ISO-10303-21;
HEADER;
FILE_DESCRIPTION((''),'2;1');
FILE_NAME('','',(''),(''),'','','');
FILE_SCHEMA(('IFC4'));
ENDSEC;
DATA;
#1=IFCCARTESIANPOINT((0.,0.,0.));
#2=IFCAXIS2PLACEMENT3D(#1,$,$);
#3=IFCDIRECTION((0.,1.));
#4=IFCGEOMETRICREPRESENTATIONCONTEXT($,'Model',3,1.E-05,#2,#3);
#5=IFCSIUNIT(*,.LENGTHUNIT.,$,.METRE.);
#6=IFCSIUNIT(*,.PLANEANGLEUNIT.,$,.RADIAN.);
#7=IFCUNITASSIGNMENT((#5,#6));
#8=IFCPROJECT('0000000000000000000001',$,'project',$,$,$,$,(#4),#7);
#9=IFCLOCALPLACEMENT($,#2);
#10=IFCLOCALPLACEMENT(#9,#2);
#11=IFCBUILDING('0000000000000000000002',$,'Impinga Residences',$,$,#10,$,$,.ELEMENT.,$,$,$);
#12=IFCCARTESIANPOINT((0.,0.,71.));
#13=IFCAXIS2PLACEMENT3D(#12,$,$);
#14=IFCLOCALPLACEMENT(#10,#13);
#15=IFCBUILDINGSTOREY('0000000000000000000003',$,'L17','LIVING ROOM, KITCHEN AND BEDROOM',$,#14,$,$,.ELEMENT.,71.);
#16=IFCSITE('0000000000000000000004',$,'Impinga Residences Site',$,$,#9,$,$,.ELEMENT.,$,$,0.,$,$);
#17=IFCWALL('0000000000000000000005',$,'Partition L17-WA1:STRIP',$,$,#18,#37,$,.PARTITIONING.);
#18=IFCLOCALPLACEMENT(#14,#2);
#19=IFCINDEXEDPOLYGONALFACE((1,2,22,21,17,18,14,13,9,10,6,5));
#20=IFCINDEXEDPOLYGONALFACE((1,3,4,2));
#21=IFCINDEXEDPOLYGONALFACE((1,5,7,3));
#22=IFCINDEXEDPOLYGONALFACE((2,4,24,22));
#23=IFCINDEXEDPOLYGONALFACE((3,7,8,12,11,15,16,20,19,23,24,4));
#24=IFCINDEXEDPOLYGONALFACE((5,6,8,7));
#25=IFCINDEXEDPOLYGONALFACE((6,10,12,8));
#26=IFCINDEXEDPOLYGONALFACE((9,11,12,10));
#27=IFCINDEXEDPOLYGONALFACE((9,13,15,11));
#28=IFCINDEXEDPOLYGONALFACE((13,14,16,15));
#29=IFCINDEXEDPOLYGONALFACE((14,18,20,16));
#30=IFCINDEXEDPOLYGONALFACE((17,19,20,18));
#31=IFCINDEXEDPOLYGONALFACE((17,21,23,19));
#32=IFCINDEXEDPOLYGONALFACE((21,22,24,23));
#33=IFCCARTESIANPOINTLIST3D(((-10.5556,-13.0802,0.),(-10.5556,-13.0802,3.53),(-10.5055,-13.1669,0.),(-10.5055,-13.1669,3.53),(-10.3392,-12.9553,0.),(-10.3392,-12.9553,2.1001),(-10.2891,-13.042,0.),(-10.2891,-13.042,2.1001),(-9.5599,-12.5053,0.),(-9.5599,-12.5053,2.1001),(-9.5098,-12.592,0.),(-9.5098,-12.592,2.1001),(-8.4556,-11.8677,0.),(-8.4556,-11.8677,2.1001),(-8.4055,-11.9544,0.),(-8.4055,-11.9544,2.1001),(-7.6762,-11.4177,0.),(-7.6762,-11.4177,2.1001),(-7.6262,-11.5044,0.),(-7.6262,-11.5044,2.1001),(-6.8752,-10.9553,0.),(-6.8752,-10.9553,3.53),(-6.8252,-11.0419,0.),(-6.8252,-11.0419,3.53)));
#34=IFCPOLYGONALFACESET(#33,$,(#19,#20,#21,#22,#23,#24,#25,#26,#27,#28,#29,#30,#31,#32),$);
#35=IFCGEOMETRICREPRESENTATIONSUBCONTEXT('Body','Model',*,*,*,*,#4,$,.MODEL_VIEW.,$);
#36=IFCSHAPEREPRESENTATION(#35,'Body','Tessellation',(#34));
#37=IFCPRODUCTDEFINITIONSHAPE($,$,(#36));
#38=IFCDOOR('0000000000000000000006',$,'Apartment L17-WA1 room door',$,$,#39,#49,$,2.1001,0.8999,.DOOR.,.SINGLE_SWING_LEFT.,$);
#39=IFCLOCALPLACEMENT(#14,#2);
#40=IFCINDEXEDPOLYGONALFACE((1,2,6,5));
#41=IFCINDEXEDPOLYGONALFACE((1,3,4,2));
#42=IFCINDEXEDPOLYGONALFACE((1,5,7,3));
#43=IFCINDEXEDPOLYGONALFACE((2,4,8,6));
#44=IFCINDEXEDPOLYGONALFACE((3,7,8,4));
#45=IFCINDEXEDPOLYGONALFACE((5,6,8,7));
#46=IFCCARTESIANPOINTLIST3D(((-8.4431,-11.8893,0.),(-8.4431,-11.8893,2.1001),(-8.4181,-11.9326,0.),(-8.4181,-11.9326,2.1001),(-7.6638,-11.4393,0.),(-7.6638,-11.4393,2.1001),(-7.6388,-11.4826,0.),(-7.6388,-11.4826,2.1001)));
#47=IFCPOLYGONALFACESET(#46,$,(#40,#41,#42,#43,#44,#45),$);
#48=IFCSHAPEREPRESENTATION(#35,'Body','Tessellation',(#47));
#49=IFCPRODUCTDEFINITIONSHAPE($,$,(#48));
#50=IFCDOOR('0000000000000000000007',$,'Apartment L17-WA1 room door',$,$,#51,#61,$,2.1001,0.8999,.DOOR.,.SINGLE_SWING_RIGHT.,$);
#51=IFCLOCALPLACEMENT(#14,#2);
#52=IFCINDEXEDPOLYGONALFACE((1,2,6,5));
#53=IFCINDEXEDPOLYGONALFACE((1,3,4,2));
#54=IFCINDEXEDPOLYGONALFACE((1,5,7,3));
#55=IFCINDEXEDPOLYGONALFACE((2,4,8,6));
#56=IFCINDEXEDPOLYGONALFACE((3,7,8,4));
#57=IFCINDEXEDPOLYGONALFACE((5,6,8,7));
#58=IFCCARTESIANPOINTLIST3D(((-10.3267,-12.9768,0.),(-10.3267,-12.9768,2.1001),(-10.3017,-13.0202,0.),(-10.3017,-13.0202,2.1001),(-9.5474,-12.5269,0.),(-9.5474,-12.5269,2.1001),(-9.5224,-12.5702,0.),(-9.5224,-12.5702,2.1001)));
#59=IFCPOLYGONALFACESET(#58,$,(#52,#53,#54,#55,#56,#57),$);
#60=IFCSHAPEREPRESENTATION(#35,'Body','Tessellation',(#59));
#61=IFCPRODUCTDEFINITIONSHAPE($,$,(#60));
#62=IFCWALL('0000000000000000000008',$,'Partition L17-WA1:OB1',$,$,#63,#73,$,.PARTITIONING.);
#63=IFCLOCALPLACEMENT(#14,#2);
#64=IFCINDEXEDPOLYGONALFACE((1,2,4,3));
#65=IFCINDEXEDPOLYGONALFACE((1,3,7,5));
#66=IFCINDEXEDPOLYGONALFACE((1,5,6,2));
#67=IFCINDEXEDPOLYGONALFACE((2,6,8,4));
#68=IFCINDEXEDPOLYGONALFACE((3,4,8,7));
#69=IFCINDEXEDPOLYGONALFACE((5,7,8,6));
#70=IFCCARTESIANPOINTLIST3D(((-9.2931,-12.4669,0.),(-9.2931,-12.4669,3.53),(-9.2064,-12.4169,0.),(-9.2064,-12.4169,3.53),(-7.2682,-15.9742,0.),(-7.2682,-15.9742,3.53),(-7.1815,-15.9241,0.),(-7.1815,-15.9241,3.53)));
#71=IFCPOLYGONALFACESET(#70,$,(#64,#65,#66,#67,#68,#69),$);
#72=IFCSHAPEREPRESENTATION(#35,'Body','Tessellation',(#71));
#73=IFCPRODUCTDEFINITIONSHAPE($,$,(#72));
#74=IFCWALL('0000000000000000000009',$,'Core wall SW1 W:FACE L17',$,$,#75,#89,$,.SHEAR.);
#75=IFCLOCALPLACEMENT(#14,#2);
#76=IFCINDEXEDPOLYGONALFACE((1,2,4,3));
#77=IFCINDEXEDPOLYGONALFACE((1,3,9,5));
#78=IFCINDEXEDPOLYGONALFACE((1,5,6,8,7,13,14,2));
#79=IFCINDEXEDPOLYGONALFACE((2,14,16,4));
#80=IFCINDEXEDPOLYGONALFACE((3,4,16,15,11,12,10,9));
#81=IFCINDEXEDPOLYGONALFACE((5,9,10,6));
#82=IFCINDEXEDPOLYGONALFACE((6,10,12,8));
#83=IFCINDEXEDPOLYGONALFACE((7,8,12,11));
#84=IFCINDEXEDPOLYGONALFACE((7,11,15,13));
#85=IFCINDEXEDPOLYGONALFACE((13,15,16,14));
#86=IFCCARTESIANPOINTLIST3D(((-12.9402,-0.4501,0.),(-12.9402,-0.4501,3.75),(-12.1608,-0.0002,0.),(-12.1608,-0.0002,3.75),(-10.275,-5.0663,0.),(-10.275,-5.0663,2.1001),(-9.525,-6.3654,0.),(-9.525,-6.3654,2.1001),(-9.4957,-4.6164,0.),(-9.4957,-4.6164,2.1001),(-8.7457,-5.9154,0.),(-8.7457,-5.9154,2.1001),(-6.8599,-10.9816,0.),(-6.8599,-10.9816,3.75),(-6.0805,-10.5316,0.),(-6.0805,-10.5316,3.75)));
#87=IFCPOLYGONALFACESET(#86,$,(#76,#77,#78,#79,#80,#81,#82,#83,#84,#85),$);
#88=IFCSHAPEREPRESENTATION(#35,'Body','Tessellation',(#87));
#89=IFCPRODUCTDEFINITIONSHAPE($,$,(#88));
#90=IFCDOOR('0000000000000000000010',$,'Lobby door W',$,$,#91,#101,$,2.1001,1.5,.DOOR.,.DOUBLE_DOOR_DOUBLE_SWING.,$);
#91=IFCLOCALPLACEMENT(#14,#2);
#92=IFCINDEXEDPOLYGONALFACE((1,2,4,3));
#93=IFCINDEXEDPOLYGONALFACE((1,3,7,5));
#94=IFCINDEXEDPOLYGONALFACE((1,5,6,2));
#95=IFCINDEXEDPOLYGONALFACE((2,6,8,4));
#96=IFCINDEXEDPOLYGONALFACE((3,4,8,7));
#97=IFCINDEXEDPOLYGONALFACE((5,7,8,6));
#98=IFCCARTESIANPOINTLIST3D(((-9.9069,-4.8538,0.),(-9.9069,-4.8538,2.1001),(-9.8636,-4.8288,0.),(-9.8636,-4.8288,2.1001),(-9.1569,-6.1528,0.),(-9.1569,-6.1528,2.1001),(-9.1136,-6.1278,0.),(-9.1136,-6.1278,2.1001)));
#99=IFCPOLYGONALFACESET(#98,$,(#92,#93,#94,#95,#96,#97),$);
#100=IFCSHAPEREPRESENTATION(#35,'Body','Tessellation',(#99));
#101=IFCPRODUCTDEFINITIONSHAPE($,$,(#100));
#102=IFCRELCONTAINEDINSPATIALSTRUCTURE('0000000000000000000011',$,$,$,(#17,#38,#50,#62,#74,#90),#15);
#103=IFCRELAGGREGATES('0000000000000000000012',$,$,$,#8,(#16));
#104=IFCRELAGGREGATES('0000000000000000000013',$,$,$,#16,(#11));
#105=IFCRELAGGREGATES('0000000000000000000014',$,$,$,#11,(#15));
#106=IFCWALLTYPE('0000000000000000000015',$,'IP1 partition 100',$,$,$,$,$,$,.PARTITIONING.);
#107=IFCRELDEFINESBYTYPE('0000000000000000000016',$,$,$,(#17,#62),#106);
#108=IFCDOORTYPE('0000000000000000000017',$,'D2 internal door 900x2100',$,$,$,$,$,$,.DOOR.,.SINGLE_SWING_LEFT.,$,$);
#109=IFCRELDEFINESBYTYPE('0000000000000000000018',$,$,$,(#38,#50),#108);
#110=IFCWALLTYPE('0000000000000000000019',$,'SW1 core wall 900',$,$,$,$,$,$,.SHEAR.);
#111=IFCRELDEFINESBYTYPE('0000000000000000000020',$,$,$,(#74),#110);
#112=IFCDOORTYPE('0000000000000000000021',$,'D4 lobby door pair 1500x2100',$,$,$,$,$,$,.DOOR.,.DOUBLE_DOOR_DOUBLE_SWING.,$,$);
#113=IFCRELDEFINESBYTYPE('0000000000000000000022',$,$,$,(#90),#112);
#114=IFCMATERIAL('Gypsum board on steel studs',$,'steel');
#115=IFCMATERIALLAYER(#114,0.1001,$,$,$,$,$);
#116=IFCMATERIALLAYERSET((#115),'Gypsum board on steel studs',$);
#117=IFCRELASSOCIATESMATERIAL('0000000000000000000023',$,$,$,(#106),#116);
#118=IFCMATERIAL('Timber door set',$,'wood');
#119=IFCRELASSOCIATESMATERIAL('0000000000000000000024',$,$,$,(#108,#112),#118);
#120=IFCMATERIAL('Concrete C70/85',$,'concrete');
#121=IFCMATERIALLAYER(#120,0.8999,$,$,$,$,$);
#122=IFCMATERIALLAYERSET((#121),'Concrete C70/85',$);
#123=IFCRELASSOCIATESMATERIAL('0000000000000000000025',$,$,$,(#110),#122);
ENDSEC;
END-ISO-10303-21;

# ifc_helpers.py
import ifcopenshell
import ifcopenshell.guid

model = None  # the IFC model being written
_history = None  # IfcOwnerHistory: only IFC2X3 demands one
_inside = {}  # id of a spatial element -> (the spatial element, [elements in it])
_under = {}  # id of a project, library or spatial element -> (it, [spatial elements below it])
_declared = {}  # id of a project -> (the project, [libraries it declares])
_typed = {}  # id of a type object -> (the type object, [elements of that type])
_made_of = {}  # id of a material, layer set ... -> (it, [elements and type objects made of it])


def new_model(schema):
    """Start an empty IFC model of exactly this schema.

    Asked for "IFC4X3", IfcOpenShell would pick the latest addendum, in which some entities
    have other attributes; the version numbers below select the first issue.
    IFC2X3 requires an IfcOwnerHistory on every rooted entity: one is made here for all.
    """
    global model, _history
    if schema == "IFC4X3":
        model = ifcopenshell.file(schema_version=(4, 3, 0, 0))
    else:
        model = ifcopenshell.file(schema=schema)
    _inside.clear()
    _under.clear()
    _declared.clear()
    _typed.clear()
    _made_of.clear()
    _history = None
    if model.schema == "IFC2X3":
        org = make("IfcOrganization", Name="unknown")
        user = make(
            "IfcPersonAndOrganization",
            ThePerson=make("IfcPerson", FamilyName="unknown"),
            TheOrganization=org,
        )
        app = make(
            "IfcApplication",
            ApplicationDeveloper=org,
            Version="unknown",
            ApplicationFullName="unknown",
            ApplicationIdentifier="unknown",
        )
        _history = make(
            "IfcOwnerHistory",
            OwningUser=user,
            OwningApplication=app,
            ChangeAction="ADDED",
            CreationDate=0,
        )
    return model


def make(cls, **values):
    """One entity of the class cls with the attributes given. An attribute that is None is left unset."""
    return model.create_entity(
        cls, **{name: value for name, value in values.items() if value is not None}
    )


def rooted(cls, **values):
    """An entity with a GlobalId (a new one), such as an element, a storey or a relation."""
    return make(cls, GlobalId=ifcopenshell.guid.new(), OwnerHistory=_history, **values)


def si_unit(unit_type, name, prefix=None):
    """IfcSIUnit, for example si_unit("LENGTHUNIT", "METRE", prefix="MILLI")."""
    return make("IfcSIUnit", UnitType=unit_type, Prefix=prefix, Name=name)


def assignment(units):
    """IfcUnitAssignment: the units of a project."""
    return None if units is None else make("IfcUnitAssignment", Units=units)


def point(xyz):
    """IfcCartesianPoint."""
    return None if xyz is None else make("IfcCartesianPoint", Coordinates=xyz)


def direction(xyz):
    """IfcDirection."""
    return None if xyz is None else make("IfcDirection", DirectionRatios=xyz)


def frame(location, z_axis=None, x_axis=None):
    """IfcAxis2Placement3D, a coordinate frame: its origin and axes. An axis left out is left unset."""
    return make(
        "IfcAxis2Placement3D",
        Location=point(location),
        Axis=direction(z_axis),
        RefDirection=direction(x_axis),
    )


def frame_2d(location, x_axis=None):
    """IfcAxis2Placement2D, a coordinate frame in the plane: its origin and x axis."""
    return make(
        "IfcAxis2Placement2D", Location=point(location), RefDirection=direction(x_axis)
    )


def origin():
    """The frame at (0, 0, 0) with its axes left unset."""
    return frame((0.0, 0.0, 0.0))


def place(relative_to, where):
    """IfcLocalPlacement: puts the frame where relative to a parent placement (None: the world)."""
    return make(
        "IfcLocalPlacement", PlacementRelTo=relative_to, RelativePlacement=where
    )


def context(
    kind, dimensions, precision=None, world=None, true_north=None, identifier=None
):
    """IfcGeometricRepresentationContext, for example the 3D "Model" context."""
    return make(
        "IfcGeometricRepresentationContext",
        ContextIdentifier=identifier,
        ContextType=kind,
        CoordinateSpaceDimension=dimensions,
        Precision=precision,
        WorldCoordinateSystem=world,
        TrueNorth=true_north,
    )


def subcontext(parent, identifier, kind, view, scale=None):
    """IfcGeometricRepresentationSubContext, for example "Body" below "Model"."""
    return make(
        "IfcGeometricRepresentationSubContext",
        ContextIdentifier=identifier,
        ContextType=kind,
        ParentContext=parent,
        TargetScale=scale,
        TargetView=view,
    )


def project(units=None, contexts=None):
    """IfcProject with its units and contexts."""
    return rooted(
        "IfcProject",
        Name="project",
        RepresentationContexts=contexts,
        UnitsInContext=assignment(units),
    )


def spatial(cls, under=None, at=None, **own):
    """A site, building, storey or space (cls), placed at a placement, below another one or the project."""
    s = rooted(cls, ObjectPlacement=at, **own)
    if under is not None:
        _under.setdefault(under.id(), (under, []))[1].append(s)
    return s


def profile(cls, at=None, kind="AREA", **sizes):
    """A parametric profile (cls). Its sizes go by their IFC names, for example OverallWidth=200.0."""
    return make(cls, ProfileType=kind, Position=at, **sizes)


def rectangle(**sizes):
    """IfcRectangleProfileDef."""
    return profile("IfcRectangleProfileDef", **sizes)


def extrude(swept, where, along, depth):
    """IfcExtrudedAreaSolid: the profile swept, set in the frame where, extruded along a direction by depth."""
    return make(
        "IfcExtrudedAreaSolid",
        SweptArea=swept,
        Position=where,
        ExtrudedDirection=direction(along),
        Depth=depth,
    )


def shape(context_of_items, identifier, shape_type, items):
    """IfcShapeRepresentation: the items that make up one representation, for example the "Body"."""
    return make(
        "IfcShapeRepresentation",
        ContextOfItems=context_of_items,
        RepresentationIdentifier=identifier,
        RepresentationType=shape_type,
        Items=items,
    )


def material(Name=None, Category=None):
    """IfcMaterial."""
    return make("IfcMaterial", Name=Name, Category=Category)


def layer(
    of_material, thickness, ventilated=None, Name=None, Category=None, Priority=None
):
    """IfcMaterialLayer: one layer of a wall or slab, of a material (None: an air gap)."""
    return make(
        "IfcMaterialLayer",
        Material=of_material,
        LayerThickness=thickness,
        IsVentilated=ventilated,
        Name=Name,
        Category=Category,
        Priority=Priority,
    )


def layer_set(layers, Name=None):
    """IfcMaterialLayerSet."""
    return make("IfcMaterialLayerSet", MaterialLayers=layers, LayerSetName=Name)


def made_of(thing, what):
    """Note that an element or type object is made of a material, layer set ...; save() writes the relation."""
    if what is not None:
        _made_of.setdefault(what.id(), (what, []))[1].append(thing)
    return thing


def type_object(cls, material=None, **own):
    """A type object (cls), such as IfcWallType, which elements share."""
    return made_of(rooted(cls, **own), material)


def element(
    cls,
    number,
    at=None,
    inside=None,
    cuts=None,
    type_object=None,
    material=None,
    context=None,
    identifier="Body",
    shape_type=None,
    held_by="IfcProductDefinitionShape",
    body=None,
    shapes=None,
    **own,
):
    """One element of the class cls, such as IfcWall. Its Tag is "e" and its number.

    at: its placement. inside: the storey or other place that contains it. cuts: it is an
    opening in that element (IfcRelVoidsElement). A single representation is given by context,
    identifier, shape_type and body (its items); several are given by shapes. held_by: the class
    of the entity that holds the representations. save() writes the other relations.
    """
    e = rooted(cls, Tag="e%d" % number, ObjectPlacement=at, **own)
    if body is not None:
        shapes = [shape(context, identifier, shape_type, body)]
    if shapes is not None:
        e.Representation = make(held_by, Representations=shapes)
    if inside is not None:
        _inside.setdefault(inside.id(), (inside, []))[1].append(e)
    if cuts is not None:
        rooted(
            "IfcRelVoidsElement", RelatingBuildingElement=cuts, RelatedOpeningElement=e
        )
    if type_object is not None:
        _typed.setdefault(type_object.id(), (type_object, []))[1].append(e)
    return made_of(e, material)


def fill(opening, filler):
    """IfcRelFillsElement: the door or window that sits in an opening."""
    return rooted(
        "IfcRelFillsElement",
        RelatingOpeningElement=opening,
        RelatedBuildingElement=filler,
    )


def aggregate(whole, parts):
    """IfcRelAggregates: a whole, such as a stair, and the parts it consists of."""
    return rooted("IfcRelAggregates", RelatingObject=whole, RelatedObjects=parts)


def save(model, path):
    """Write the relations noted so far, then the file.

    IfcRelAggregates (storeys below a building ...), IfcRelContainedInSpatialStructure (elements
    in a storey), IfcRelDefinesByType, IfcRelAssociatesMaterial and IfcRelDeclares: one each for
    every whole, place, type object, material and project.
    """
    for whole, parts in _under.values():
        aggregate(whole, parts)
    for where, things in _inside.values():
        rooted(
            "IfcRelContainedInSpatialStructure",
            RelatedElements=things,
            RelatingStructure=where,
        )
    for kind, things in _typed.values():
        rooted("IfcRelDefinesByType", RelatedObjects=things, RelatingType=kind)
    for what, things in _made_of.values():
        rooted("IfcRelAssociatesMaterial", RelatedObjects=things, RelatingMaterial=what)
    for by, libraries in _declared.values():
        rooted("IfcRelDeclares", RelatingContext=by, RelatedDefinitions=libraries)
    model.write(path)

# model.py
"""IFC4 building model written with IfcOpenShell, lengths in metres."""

from ifc_helpers import new_model, si_unit, direction, frame, frame_2d, origin, place, context, subcontext, project, spatial, rectangle, extrude, material, layer, layer_set, type_object, element, fill, save


model = new_model("IFC4")

# Units and contexts
model_context = context("Model", 3, precision=1e-05, world=origin(), true_north=direction((0.0, 1.0)))
body_context = subcontext(model_context, "Body", "Model", "MODEL_VIEW")
ifc_project = project(units=[si_unit("LENGTHUNIT", "METRE"), si_unit("PLANEANGLEUNIT", "RADIAN")], contexts=[model_context])

# Site, building, storey
site_placement = place(None, origin())
site = spatial("IfcSite", under=ifc_project, at=site_placement, Name="Impinga Residences Site", CompositionType="ELEMENT", RefElevation=0.0)
building_placement = place(site_placement, origin())
building = spatial("IfcBuilding", under=site, at=building_placement, Name="Impinga Residences", CompositionType="ELEMENT")
storey_placement = place(building_placement, frame((0.0, 0.0, 71.0)))
storey = spatial("IfcBuildingStorey", under=building, at=storey_placement, Name="L17", Description="LIVING ROOM, KITCHEN AND BEDROOM", CompositionType="ELEMENT", Elevation=71.0)

# Shared definitions
ifc_material_1 = material(Name="Concrete C70/85", Category="concrete")
ifc_material_2 = material(Name="Timber door set", Category="wood")

# Shared definitions
ifc_material_3 = material(Name="Gypsum board on steel studs", Category="steel")
ifc_layer_1 = layer(ifc_material_3, 0.1001)
ifc_layer_set_1 = layer_set([ifc_layer_1], Name="Gypsum board on steel studs")
wall_type_1 = type_object("IfcWallType", Name="IP1 partition 100", PredefinedType="PARTITIONING", material=ifc_layer_set_1)

# Wall, openings, doors
wall_1_placement = place(storey_placement, frame((-6.8501, -10.9985, 0.0), z_axis=(0.0, 0.0, 1.0), x_axis=(-0.866014, -0.500019, 0.0)))
wall_1 = element("IfcWall", 1, at=wall_1_placement, inside=storey, type_object=wall_type_1, Name="Partition L17-WA1:STRIP", PredefinedType="PARTITIONING", context=body_context, shape_type="SweptSolid", body=[
    extrude(rectangle(XDim=4.2498, YDim=0.1001, at=frame_2d((2.125, 0.0))), origin(), (0.0, 0.0, 1.0), 3.53),
])
opening_1_placement = place(wall_1_placement, frame((0.925, 0.0, 0.0)))
opening_1 = element("IfcOpeningElement", 2, at=opening_1_placement, cuts=wall_1, PredefinedType="OPENING", context=body_context, shape_type="SweptSolid", body=[
    extrude(rectangle(XDim=0.8999, YDim=2.1001, at=frame_2d((0.45, 1.05))), frame((0.0, 0.0601, 0.0), z_axis=(0.0, -1.0, 0.0), x_axis=(1.0, 0.0, 0.0)), (0.0, 0.0, 1.0), 0.1201),
])
opening_2_placement = place(wall_1_placement, frame((3.1001, 0.0, 0.0)))
opening_2 = element("IfcOpeningElement", 3, at=opening_2_placement, cuts=wall_1, PredefinedType="OPENING", context=body_context, shape_type="SweptSolid", body=[
    extrude(rectangle(XDim=0.8999, YDim=2.1001, at=frame_2d((0.45, 1.05))), frame((0.0, 0.0601, 0.0), z_axis=(0.0, -1.0, 0.0), x_axis=(1.0, 0.0, 0.0)), (0.0, 0.0, 1.0), 0.1201),
])
door_type_1 = type_object("IfcDoorType", Name="D2 internal door 900x2100", OperationType="SINGLE_SWING_LEFT", PredefinedType="DOOR", material=ifc_material_2)
door_1_placement = place(opening_1_placement, origin())
door_1 = element("IfcDoor", 4, at=door_1_placement, inside=storey, type_object=door_type_1, Name="Apartment L17-WA1 room door", OperationType="SINGLE_SWING_LEFT", OverallHeight=2.1001, OverallWidth=0.8999, PredefinedType="DOOR", context=body_context, shape_type="SweptSolid", body=[
    extrude(rectangle(XDim=0.8999, YDim=2.1001, at=frame_2d((0.45, 1.05))), frame((0.0, 0.0249, 0.0), z_axis=(0.0, -1.0, 0.0), x_axis=(1.0, 0.0, 0.0)), (0.0, 0.0, 1.0), 0.05),
])
fill(opening_1, door_1)
door_2_placement = place(opening_2_placement, origin())
door_2 = element("IfcDoor", 5, at=door_2_placement, inside=storey, type_object=door_type_1, Name="Apartment L17-WA1 room door", OperationType="SINGLE_SWING_RIGHT", OverallHeight=2.1001, OverallWidth=0.8999, PredefinedType="DOOR", context=body_context, shape_type="SweptSolid", body=[
    extrude(rectangle(XDim=0.8999, YDim=2.1001, at=frame_2d((0.45, 1.05))), frame((0.0, 0.0249, 0.0), z_axis=(0.0, -1.0, 0.0), x_axis=(1.0, 0.0, 0.0)), (0.0, 0.0, 1.0), 0.05),
])
fill(opening_2, door_2)

# Wall
wall_2_placement = place(storey_placement, frame((-9.2498, -12.4419, 0.0), z_axis=(0.0, 0.0, 1.0), x_axis=(0.49999, -0.866031, 0.0)))
element("IfcWall", 6, at=wall_2_placement, inside=storey, type_object=wall_type_1, Name="Partition L17-WA1:OB1", PredefinedType="PARTITIONING", context=body_context, shape_type="SweptSolid", body=[
    extrude(rectangle(XDim=4.0498, YDim=0.1001, at=frame_2d((2.0249, 0.0))), origin(), (0.0, 0.0, 1.0), 3.53),
])

# Wall, opening, door
ifc_layer_2 = layer(ifc_material_1, 0.8999)
ifc_layer_set_2 = layer_set([ifc_layer_2], Name="Concrete C70/85")
wall_type_2 = type_object("IfcWallType", Name="SW1 core wall 900", PredefinedType="SHEAR", material=ifc_layer_set_2)
wall_3_placement = place(storey_placement, frame((-6.4702, -10.7566, 0.0), z_axis=(0.0, 0.0, 1.0), x_axis=(-0.499998, 0.866027, 0.0)))
wall_3 = element("IfcWall", 7, at=wall_3_placement, inside=storey, type_object=wall_type_2, Name="Core wall SW1 W:FACE L17", PredefinedType="SHEAR", context=body_context, shape_type="SweptSolid", body=[
    extrude(rectangle(XDim=12.1606, YDim=0.8999, at=frame_2d((6.0803, 0.0))), origin(), (0.0, 0.0, 1.0), 3.75),
])
opening_3_placement = place(wall_3_placement, frame((5.3303, 0.0, 0.0)))
opening_3 = element("IfcOpeningElement", 8, at=opening_3_placement, cuts=wall_3, PredefinedType="OPENING", context=body_context, shape_type="SweptSolid", body=[
    extrude(rectangle(XDim=1.5, YDim=2.1001, at=frame_2d((0.75, 1.05))), frame((0.0, 0.46, 0.0), z_axis=(0.0, -1.0, 0.0), x_axis=(1.0, 0.0, 0.0)), (0.0, 0.0, 1.0), 0.9199),
])
door_type_2 = type_object("IfcDoorType", Name="D4 lobby door pair 1500x2100", OperationType="DOUBLE_DOOR_DOUBLE_SWING", PredefinedType="DOOR", material=ifc_material_2)
door_3_placement = place(opening_3_placement, origin())
door_3 = element("IfcDoor", 9, at=door_3_placement, inside=storey, type_object=door_type_2, Name="Lobby door W", OperationType="DOUBLE_DOOR_DOUBLE_SWING", OverallHeight=2.1001, OverallWidth=1.5, PredefinedType="DOOR", context=body_context, shape_type="SweptSolid", body=[
    extrude(rectangle(XDim=1.5, YDim=2.1001, at=frame_2d((0.75, 1.05))), frame((0.0, 0.0249, 0.0), z_axis=(0.0, -1.0, 0.0), x_axis=(1.0, 0.0, 0.0)), (0.0, 0.0, 1.0), 0.05),
])
fill(opening_3, door_3)

save(model, "model.ifc")
